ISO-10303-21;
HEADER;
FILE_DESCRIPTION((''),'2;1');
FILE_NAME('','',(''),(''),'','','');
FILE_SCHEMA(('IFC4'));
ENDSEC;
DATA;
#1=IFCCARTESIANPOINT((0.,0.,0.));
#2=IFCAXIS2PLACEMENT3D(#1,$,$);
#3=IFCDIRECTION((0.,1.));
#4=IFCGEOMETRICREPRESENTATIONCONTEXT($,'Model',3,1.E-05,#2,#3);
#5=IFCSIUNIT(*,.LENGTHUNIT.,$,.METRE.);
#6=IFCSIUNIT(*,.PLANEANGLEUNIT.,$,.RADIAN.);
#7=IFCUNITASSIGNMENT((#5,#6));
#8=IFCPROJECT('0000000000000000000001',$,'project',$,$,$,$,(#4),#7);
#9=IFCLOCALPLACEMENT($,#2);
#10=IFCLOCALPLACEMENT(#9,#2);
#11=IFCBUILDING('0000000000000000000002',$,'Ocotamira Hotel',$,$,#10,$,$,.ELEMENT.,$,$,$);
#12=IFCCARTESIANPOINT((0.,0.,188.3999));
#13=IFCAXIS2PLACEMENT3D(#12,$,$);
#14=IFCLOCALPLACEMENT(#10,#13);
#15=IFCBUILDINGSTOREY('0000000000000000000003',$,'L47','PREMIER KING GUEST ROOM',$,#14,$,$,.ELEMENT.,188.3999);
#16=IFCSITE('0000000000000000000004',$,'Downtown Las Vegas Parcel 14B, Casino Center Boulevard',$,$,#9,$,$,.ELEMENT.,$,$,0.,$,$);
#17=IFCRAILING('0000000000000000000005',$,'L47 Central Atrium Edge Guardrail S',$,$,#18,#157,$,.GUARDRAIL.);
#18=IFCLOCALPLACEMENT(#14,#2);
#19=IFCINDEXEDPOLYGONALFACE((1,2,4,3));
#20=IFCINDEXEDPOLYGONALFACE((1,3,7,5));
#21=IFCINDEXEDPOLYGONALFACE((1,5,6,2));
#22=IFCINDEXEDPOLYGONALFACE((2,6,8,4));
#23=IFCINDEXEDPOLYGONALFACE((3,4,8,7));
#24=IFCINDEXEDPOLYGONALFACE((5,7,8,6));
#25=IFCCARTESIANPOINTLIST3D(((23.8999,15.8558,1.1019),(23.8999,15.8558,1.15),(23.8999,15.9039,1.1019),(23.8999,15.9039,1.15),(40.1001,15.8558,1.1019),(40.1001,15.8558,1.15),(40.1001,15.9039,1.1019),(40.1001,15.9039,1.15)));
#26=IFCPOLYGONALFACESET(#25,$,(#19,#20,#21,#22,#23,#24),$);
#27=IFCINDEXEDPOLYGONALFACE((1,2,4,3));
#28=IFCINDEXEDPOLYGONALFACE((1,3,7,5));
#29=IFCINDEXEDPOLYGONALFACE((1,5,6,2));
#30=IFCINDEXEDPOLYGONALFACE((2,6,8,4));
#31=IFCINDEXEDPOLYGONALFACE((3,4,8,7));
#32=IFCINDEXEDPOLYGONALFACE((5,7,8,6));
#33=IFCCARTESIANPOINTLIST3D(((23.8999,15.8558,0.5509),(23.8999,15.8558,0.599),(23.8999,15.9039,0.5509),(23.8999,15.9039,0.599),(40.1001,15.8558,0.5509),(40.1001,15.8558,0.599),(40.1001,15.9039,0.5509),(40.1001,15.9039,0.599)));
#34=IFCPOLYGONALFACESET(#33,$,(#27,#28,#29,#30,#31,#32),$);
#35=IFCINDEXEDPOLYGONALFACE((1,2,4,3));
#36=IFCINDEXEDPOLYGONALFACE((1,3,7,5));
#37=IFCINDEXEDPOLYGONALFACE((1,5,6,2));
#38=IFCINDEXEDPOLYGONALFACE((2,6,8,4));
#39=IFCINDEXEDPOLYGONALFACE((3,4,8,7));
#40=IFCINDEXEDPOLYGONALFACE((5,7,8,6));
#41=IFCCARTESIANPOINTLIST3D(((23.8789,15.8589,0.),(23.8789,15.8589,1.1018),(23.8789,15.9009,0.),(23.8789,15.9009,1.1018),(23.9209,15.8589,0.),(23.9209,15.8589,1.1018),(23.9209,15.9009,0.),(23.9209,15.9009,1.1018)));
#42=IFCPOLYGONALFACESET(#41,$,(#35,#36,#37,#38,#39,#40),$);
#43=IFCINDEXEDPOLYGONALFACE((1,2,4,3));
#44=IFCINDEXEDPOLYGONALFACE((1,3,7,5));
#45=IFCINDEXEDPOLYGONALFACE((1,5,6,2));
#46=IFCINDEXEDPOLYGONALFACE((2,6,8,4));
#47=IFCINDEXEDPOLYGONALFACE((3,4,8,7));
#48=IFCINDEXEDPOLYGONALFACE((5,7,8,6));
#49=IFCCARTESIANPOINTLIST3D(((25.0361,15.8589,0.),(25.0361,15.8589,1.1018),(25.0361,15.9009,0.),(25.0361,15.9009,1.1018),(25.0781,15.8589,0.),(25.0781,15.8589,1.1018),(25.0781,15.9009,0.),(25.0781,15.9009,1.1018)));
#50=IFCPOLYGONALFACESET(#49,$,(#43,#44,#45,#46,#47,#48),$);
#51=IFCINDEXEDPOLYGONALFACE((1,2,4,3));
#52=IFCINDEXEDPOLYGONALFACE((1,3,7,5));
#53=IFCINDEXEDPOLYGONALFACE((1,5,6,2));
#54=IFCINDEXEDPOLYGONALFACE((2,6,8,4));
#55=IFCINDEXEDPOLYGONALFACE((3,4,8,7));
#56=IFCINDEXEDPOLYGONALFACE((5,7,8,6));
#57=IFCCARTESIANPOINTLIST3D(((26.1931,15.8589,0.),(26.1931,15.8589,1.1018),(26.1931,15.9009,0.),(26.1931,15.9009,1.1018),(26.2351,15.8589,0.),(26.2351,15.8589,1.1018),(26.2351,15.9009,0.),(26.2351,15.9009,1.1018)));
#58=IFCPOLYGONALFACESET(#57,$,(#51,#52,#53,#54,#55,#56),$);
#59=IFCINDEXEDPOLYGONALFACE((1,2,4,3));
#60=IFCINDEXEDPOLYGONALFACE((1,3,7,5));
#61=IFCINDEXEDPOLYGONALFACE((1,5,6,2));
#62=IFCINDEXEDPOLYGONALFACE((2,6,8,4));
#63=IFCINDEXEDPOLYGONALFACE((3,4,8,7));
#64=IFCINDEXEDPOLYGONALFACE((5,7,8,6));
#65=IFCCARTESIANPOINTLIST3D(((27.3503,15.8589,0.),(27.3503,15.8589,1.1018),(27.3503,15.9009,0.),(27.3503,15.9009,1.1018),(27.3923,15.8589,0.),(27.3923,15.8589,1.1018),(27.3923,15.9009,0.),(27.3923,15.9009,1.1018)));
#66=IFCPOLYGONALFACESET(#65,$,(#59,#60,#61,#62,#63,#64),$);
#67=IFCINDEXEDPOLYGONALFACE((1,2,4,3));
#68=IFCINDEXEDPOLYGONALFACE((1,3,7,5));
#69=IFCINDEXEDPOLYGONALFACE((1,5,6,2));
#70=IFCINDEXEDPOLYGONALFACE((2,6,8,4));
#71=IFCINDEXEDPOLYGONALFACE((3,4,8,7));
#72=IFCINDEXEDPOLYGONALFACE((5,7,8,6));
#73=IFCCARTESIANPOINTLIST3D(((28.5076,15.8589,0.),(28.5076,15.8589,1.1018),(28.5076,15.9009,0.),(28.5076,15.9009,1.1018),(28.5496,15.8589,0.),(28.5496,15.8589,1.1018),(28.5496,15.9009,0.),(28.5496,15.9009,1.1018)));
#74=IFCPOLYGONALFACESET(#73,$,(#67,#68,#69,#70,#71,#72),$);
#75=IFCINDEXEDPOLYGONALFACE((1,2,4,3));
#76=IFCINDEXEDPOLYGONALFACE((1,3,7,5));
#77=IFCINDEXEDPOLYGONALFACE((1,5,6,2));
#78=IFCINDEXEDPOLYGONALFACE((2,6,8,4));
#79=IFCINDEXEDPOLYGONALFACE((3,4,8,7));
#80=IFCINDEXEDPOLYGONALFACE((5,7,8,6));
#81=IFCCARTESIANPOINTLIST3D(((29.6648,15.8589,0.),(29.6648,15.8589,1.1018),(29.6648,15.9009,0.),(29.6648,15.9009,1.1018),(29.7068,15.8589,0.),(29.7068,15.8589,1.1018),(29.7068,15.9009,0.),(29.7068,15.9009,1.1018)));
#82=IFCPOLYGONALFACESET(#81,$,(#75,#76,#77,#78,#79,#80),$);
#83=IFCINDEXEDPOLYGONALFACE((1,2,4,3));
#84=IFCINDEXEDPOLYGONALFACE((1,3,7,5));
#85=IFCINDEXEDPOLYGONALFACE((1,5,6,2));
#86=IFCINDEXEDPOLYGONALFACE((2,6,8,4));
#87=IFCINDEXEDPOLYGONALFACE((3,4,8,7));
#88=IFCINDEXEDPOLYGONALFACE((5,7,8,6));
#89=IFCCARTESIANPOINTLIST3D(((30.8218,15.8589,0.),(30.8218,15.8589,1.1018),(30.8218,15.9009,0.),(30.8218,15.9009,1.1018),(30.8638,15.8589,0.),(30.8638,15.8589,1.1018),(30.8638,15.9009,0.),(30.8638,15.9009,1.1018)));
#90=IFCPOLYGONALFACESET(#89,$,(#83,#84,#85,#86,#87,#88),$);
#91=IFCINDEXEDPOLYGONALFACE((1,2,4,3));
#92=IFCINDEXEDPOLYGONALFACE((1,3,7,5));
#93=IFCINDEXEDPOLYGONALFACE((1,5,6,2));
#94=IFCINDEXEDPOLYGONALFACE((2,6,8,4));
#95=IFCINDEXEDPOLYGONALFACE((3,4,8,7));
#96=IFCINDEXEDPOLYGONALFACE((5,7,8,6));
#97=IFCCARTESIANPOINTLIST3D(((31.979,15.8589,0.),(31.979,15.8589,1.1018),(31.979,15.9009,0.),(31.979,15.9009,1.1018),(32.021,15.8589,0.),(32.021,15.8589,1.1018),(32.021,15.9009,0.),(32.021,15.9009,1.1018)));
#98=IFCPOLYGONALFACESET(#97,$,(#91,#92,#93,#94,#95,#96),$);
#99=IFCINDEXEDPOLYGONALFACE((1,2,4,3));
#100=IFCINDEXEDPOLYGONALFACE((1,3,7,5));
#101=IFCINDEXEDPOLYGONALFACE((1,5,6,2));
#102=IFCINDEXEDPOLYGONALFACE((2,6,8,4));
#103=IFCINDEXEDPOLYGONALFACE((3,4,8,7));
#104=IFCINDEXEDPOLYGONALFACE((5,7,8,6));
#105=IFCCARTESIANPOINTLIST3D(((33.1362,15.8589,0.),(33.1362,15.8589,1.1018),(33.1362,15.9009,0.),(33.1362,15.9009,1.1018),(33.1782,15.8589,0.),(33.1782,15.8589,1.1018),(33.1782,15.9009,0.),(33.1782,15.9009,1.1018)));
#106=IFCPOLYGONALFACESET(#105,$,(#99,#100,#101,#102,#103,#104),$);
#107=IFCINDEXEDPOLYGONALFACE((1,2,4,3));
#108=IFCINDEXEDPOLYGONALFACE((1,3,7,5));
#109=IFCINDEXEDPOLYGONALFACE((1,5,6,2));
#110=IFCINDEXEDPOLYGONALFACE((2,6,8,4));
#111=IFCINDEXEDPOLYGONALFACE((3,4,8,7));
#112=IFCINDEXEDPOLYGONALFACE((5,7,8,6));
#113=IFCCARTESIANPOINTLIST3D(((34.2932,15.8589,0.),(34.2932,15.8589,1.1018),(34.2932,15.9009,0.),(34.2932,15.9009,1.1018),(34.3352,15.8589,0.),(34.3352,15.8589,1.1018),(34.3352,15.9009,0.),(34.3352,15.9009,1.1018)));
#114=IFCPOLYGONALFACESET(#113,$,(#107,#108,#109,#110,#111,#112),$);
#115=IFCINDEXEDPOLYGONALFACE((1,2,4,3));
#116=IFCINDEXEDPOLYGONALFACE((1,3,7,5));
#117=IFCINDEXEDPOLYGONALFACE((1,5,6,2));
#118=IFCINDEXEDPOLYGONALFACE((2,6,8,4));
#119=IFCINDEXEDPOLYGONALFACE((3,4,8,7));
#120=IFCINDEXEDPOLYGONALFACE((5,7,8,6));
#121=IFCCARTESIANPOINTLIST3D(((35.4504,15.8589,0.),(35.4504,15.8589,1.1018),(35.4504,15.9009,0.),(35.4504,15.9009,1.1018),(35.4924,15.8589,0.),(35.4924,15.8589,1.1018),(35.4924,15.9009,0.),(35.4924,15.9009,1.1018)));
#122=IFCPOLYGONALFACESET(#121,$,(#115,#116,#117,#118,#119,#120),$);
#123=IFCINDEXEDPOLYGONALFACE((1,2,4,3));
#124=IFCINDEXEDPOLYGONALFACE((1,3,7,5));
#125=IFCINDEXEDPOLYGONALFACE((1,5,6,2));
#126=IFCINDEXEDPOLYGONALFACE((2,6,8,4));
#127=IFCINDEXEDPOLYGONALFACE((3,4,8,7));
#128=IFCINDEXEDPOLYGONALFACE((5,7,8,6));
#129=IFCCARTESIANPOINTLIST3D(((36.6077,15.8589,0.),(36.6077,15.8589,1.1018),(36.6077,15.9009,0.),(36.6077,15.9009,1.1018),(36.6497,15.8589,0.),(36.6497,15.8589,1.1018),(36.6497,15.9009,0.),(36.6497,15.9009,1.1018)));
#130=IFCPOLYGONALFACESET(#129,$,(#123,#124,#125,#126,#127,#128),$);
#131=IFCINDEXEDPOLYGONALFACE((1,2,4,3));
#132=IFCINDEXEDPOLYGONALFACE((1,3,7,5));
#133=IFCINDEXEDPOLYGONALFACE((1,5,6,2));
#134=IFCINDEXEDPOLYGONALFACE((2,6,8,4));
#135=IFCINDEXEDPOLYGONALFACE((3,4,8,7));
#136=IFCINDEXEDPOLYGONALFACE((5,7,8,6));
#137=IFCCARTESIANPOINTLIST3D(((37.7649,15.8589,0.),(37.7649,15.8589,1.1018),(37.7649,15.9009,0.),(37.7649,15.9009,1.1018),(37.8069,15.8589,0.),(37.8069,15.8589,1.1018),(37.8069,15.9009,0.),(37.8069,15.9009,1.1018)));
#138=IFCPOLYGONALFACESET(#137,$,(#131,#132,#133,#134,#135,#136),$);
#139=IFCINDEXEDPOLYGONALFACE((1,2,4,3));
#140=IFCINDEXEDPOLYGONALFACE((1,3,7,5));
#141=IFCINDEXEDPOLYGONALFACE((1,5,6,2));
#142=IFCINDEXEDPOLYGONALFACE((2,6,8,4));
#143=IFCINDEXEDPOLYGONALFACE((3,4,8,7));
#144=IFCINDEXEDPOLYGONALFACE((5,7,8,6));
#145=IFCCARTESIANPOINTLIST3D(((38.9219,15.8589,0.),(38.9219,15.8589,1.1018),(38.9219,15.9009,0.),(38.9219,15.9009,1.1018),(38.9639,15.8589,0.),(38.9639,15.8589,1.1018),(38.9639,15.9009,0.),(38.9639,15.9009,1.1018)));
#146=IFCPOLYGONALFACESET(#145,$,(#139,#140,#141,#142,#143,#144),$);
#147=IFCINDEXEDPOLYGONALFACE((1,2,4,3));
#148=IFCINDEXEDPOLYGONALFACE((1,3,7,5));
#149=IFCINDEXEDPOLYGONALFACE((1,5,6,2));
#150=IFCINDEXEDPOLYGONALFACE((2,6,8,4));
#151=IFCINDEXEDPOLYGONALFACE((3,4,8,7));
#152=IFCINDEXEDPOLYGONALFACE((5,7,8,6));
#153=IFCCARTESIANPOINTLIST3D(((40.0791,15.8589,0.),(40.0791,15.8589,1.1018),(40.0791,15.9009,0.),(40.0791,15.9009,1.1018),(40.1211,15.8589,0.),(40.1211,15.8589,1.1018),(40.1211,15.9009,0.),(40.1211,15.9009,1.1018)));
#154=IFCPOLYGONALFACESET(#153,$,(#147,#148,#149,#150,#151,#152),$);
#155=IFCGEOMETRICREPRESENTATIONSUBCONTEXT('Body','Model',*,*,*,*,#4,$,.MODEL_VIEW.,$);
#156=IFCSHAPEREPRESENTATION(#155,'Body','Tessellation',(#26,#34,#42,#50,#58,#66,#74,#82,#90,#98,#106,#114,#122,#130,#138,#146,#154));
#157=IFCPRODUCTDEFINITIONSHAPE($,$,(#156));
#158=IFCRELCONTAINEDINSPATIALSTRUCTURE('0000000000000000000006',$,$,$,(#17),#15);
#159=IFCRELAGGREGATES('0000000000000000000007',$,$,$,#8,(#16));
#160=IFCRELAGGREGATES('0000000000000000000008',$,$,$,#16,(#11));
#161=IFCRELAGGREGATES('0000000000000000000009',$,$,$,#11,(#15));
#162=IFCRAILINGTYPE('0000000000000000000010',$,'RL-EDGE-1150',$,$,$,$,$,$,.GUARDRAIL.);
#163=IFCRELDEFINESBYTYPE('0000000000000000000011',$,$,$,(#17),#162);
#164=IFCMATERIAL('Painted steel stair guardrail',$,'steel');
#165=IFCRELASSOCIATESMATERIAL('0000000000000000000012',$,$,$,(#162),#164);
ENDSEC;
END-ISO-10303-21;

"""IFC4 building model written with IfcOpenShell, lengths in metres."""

from ifc_helpers import new_model, si_unit, direction, frame, origin, origin_2d, place, context, subcontext, project, spatial, rectangle, extrude, material, type_object, element, save


model = new_model("IFC4")

# Units and contexts
model_context = context("Model", 3, precision=1e-05, world=origin(), true_north=direction((0.0, 1.0)))
body_context = subcontext(model_context, "Body", "Model", "MODEL_VIEW")
ifc_project = project(units=[si_unit("LENGTHUNIT", "METRE"), si_unit("PLANEANGLEUNIT", "RADIAN")], contexts=[model_context])

# Site, building, storey
site_placement = place(None, origin())
site = spatial("IfcSite", under=ifc_project, at=site_placement, Name="Downtown Las Vegas Parcel 14B, Casino Center Boulevard", CompositionType="ELEMENT", RefElevation=0.0)
building_placement = place(site_placement, origin())
building = spatial("IfcBuilding", under=site, at=building_placement, Name="Ocotamira Hotel", CompositionType="ELEMENT")
storey_placement = place(building_placement, frame((0.0, 0.0, 188.3999)))
storey = spatial("IfcBuildingStorey", under=building, at=storey_placement, Name="L47", Description="PREMIER KING GUEST ROOM", CompositionType="ELEMENT", Elevation=188.3999)

# Railing
ifc_material_1 = material(Name="Painted steel stair guardrail", Category="steel")
railing_type_1 = type_object("IfcRailingType", Name="RL-EDGE-1150", PredefinedType="GUARDRAIL", material=ifc_material_1)
railing_1_placement = place(storey_placement, frame((23.8999, 15.8799, 0.0)))
element("IfcRailing", 1, at=railing_1_placement, inside=storey, type_object=railing_type_1, Name="L47 Central Atrium Edge Guardrail S", PredefinedType="GUARDRAIL", context=body_context, shape_type="SweptSolid", body=[
    extrude(rectangle(XDim=0.0481, YDim=0.0481, at=origin_2d()), frame((0.0, 0.0, 1.126), z_axis=(1.0, 0.0, 0.0), x_axis=(0.0, 1.0, 0.0)), (0.0, 0.0, 1.0), 16.2002),
    extrude(rectangle(XDim=0.0481, YDim=0.0481, at=origin_2d()), frame((0.0, 0.0, 0.575), z_axis=(1.0, 0.0, 0.0), x_axis=(0.0, 1.0, 0.0)), (0.0, 0.0, 1.0), 16.2002),
    extrude(rectangle(XDim=0.042, YDim=0.042, at=origin_2d()), origin(), (0.0, 0.0, 1.0), 1.1018),
    extrude(rectangle(XDim=0.042, YDim=0.042, at=origin_2d()), frame((1.1572, 0.0, 0.0)), (0.0, 0.0, 1.0), 1.1018),
    extrude(rectangle(XDim=0.042, YDim=0.042, at=origin_2d()), frame((2.3142, 0.0, 0.0)), (0.0, 0.0, 1.0), 1.1018),
    extrude(rectangle(XDim=0.042, YDim=0.042, at=origin_2d()), frame((3.4714, 0.0, 0.0)), (0.0, 0.0, 1.0), 1.1018),
    extrude(rectangle(XDim=0.042, YDim=0.042, at=origin_2d()), frame((4.6287, 0.0, 0.0)), (0.0, 0.0, 1.0), 1.1018),
    extrude(rectangle(XDim=0.042, YDim=0.042, at=origin_2d()), frame((5.7859, 0.0, 0.0)), (0.0, 0.0, 1.0), 1.1018),
    extrude(rectangle(XDim=0.042, YDim=0.042, at=origin_2d()), frame((6.9429, 0.0, 0.0)), (0.0, 0.0, 1.0), 1.1018),
    extrude(rectangle(XDim=0.042, YDim=0.042, at=origin_2d()), frame((8.1001, 0.0, 0.0)), (0.0, 0.0, 1.0), 1.1018),
    extrude(rectangle(XDim=0.042, YDim=0.042, at=origin_2d()), frame((9.2573, 0.0, 0.0)), (0.0, 0.0, 1.0), 1.1018),
    extrude(rectangle(XDim=0.042, YDim=0.042, at=origin_2d()), frame((10.4143, 0.0, 0.0)), (0.0, 0.0, 1.0), 1.1018),
    extrude(rectangle(XDim=0.042, YDim=0.042, at=origin_2d()), frame((11.5715, 0.0, 0.0)), (0.0, 0.0, 1.0), 1.1018),
    extrude(rectangle(XDim=0.042, YDim=0.042, at=origin_2d()), frame((12.7288, 0.0, 0.0)), (0.0, 0.0, 1.0), 1.1018),
    extrude(rectangle(XDim=0.042, YDim=0.042, at=origin_2d()), frame((13.886, 0.0, 0.0)), (0.0, 0.0, 1.0), 1.1018),
    extrude(rectangle(XDim=0.042, YDim=0.042, at=origin_2d()), frame((15.043, 0.0, 0.0)), (0.0, 0.0, 1.0), 1.1018),
    extrude(rectangle(XDim=0.042, YDim=0.042, at=origin_2d()), frame((16.2002, 0.0, 0.0)), (0.0, 0.0, 1.0), 1.1018),
])

save(model, "model.ifc")
